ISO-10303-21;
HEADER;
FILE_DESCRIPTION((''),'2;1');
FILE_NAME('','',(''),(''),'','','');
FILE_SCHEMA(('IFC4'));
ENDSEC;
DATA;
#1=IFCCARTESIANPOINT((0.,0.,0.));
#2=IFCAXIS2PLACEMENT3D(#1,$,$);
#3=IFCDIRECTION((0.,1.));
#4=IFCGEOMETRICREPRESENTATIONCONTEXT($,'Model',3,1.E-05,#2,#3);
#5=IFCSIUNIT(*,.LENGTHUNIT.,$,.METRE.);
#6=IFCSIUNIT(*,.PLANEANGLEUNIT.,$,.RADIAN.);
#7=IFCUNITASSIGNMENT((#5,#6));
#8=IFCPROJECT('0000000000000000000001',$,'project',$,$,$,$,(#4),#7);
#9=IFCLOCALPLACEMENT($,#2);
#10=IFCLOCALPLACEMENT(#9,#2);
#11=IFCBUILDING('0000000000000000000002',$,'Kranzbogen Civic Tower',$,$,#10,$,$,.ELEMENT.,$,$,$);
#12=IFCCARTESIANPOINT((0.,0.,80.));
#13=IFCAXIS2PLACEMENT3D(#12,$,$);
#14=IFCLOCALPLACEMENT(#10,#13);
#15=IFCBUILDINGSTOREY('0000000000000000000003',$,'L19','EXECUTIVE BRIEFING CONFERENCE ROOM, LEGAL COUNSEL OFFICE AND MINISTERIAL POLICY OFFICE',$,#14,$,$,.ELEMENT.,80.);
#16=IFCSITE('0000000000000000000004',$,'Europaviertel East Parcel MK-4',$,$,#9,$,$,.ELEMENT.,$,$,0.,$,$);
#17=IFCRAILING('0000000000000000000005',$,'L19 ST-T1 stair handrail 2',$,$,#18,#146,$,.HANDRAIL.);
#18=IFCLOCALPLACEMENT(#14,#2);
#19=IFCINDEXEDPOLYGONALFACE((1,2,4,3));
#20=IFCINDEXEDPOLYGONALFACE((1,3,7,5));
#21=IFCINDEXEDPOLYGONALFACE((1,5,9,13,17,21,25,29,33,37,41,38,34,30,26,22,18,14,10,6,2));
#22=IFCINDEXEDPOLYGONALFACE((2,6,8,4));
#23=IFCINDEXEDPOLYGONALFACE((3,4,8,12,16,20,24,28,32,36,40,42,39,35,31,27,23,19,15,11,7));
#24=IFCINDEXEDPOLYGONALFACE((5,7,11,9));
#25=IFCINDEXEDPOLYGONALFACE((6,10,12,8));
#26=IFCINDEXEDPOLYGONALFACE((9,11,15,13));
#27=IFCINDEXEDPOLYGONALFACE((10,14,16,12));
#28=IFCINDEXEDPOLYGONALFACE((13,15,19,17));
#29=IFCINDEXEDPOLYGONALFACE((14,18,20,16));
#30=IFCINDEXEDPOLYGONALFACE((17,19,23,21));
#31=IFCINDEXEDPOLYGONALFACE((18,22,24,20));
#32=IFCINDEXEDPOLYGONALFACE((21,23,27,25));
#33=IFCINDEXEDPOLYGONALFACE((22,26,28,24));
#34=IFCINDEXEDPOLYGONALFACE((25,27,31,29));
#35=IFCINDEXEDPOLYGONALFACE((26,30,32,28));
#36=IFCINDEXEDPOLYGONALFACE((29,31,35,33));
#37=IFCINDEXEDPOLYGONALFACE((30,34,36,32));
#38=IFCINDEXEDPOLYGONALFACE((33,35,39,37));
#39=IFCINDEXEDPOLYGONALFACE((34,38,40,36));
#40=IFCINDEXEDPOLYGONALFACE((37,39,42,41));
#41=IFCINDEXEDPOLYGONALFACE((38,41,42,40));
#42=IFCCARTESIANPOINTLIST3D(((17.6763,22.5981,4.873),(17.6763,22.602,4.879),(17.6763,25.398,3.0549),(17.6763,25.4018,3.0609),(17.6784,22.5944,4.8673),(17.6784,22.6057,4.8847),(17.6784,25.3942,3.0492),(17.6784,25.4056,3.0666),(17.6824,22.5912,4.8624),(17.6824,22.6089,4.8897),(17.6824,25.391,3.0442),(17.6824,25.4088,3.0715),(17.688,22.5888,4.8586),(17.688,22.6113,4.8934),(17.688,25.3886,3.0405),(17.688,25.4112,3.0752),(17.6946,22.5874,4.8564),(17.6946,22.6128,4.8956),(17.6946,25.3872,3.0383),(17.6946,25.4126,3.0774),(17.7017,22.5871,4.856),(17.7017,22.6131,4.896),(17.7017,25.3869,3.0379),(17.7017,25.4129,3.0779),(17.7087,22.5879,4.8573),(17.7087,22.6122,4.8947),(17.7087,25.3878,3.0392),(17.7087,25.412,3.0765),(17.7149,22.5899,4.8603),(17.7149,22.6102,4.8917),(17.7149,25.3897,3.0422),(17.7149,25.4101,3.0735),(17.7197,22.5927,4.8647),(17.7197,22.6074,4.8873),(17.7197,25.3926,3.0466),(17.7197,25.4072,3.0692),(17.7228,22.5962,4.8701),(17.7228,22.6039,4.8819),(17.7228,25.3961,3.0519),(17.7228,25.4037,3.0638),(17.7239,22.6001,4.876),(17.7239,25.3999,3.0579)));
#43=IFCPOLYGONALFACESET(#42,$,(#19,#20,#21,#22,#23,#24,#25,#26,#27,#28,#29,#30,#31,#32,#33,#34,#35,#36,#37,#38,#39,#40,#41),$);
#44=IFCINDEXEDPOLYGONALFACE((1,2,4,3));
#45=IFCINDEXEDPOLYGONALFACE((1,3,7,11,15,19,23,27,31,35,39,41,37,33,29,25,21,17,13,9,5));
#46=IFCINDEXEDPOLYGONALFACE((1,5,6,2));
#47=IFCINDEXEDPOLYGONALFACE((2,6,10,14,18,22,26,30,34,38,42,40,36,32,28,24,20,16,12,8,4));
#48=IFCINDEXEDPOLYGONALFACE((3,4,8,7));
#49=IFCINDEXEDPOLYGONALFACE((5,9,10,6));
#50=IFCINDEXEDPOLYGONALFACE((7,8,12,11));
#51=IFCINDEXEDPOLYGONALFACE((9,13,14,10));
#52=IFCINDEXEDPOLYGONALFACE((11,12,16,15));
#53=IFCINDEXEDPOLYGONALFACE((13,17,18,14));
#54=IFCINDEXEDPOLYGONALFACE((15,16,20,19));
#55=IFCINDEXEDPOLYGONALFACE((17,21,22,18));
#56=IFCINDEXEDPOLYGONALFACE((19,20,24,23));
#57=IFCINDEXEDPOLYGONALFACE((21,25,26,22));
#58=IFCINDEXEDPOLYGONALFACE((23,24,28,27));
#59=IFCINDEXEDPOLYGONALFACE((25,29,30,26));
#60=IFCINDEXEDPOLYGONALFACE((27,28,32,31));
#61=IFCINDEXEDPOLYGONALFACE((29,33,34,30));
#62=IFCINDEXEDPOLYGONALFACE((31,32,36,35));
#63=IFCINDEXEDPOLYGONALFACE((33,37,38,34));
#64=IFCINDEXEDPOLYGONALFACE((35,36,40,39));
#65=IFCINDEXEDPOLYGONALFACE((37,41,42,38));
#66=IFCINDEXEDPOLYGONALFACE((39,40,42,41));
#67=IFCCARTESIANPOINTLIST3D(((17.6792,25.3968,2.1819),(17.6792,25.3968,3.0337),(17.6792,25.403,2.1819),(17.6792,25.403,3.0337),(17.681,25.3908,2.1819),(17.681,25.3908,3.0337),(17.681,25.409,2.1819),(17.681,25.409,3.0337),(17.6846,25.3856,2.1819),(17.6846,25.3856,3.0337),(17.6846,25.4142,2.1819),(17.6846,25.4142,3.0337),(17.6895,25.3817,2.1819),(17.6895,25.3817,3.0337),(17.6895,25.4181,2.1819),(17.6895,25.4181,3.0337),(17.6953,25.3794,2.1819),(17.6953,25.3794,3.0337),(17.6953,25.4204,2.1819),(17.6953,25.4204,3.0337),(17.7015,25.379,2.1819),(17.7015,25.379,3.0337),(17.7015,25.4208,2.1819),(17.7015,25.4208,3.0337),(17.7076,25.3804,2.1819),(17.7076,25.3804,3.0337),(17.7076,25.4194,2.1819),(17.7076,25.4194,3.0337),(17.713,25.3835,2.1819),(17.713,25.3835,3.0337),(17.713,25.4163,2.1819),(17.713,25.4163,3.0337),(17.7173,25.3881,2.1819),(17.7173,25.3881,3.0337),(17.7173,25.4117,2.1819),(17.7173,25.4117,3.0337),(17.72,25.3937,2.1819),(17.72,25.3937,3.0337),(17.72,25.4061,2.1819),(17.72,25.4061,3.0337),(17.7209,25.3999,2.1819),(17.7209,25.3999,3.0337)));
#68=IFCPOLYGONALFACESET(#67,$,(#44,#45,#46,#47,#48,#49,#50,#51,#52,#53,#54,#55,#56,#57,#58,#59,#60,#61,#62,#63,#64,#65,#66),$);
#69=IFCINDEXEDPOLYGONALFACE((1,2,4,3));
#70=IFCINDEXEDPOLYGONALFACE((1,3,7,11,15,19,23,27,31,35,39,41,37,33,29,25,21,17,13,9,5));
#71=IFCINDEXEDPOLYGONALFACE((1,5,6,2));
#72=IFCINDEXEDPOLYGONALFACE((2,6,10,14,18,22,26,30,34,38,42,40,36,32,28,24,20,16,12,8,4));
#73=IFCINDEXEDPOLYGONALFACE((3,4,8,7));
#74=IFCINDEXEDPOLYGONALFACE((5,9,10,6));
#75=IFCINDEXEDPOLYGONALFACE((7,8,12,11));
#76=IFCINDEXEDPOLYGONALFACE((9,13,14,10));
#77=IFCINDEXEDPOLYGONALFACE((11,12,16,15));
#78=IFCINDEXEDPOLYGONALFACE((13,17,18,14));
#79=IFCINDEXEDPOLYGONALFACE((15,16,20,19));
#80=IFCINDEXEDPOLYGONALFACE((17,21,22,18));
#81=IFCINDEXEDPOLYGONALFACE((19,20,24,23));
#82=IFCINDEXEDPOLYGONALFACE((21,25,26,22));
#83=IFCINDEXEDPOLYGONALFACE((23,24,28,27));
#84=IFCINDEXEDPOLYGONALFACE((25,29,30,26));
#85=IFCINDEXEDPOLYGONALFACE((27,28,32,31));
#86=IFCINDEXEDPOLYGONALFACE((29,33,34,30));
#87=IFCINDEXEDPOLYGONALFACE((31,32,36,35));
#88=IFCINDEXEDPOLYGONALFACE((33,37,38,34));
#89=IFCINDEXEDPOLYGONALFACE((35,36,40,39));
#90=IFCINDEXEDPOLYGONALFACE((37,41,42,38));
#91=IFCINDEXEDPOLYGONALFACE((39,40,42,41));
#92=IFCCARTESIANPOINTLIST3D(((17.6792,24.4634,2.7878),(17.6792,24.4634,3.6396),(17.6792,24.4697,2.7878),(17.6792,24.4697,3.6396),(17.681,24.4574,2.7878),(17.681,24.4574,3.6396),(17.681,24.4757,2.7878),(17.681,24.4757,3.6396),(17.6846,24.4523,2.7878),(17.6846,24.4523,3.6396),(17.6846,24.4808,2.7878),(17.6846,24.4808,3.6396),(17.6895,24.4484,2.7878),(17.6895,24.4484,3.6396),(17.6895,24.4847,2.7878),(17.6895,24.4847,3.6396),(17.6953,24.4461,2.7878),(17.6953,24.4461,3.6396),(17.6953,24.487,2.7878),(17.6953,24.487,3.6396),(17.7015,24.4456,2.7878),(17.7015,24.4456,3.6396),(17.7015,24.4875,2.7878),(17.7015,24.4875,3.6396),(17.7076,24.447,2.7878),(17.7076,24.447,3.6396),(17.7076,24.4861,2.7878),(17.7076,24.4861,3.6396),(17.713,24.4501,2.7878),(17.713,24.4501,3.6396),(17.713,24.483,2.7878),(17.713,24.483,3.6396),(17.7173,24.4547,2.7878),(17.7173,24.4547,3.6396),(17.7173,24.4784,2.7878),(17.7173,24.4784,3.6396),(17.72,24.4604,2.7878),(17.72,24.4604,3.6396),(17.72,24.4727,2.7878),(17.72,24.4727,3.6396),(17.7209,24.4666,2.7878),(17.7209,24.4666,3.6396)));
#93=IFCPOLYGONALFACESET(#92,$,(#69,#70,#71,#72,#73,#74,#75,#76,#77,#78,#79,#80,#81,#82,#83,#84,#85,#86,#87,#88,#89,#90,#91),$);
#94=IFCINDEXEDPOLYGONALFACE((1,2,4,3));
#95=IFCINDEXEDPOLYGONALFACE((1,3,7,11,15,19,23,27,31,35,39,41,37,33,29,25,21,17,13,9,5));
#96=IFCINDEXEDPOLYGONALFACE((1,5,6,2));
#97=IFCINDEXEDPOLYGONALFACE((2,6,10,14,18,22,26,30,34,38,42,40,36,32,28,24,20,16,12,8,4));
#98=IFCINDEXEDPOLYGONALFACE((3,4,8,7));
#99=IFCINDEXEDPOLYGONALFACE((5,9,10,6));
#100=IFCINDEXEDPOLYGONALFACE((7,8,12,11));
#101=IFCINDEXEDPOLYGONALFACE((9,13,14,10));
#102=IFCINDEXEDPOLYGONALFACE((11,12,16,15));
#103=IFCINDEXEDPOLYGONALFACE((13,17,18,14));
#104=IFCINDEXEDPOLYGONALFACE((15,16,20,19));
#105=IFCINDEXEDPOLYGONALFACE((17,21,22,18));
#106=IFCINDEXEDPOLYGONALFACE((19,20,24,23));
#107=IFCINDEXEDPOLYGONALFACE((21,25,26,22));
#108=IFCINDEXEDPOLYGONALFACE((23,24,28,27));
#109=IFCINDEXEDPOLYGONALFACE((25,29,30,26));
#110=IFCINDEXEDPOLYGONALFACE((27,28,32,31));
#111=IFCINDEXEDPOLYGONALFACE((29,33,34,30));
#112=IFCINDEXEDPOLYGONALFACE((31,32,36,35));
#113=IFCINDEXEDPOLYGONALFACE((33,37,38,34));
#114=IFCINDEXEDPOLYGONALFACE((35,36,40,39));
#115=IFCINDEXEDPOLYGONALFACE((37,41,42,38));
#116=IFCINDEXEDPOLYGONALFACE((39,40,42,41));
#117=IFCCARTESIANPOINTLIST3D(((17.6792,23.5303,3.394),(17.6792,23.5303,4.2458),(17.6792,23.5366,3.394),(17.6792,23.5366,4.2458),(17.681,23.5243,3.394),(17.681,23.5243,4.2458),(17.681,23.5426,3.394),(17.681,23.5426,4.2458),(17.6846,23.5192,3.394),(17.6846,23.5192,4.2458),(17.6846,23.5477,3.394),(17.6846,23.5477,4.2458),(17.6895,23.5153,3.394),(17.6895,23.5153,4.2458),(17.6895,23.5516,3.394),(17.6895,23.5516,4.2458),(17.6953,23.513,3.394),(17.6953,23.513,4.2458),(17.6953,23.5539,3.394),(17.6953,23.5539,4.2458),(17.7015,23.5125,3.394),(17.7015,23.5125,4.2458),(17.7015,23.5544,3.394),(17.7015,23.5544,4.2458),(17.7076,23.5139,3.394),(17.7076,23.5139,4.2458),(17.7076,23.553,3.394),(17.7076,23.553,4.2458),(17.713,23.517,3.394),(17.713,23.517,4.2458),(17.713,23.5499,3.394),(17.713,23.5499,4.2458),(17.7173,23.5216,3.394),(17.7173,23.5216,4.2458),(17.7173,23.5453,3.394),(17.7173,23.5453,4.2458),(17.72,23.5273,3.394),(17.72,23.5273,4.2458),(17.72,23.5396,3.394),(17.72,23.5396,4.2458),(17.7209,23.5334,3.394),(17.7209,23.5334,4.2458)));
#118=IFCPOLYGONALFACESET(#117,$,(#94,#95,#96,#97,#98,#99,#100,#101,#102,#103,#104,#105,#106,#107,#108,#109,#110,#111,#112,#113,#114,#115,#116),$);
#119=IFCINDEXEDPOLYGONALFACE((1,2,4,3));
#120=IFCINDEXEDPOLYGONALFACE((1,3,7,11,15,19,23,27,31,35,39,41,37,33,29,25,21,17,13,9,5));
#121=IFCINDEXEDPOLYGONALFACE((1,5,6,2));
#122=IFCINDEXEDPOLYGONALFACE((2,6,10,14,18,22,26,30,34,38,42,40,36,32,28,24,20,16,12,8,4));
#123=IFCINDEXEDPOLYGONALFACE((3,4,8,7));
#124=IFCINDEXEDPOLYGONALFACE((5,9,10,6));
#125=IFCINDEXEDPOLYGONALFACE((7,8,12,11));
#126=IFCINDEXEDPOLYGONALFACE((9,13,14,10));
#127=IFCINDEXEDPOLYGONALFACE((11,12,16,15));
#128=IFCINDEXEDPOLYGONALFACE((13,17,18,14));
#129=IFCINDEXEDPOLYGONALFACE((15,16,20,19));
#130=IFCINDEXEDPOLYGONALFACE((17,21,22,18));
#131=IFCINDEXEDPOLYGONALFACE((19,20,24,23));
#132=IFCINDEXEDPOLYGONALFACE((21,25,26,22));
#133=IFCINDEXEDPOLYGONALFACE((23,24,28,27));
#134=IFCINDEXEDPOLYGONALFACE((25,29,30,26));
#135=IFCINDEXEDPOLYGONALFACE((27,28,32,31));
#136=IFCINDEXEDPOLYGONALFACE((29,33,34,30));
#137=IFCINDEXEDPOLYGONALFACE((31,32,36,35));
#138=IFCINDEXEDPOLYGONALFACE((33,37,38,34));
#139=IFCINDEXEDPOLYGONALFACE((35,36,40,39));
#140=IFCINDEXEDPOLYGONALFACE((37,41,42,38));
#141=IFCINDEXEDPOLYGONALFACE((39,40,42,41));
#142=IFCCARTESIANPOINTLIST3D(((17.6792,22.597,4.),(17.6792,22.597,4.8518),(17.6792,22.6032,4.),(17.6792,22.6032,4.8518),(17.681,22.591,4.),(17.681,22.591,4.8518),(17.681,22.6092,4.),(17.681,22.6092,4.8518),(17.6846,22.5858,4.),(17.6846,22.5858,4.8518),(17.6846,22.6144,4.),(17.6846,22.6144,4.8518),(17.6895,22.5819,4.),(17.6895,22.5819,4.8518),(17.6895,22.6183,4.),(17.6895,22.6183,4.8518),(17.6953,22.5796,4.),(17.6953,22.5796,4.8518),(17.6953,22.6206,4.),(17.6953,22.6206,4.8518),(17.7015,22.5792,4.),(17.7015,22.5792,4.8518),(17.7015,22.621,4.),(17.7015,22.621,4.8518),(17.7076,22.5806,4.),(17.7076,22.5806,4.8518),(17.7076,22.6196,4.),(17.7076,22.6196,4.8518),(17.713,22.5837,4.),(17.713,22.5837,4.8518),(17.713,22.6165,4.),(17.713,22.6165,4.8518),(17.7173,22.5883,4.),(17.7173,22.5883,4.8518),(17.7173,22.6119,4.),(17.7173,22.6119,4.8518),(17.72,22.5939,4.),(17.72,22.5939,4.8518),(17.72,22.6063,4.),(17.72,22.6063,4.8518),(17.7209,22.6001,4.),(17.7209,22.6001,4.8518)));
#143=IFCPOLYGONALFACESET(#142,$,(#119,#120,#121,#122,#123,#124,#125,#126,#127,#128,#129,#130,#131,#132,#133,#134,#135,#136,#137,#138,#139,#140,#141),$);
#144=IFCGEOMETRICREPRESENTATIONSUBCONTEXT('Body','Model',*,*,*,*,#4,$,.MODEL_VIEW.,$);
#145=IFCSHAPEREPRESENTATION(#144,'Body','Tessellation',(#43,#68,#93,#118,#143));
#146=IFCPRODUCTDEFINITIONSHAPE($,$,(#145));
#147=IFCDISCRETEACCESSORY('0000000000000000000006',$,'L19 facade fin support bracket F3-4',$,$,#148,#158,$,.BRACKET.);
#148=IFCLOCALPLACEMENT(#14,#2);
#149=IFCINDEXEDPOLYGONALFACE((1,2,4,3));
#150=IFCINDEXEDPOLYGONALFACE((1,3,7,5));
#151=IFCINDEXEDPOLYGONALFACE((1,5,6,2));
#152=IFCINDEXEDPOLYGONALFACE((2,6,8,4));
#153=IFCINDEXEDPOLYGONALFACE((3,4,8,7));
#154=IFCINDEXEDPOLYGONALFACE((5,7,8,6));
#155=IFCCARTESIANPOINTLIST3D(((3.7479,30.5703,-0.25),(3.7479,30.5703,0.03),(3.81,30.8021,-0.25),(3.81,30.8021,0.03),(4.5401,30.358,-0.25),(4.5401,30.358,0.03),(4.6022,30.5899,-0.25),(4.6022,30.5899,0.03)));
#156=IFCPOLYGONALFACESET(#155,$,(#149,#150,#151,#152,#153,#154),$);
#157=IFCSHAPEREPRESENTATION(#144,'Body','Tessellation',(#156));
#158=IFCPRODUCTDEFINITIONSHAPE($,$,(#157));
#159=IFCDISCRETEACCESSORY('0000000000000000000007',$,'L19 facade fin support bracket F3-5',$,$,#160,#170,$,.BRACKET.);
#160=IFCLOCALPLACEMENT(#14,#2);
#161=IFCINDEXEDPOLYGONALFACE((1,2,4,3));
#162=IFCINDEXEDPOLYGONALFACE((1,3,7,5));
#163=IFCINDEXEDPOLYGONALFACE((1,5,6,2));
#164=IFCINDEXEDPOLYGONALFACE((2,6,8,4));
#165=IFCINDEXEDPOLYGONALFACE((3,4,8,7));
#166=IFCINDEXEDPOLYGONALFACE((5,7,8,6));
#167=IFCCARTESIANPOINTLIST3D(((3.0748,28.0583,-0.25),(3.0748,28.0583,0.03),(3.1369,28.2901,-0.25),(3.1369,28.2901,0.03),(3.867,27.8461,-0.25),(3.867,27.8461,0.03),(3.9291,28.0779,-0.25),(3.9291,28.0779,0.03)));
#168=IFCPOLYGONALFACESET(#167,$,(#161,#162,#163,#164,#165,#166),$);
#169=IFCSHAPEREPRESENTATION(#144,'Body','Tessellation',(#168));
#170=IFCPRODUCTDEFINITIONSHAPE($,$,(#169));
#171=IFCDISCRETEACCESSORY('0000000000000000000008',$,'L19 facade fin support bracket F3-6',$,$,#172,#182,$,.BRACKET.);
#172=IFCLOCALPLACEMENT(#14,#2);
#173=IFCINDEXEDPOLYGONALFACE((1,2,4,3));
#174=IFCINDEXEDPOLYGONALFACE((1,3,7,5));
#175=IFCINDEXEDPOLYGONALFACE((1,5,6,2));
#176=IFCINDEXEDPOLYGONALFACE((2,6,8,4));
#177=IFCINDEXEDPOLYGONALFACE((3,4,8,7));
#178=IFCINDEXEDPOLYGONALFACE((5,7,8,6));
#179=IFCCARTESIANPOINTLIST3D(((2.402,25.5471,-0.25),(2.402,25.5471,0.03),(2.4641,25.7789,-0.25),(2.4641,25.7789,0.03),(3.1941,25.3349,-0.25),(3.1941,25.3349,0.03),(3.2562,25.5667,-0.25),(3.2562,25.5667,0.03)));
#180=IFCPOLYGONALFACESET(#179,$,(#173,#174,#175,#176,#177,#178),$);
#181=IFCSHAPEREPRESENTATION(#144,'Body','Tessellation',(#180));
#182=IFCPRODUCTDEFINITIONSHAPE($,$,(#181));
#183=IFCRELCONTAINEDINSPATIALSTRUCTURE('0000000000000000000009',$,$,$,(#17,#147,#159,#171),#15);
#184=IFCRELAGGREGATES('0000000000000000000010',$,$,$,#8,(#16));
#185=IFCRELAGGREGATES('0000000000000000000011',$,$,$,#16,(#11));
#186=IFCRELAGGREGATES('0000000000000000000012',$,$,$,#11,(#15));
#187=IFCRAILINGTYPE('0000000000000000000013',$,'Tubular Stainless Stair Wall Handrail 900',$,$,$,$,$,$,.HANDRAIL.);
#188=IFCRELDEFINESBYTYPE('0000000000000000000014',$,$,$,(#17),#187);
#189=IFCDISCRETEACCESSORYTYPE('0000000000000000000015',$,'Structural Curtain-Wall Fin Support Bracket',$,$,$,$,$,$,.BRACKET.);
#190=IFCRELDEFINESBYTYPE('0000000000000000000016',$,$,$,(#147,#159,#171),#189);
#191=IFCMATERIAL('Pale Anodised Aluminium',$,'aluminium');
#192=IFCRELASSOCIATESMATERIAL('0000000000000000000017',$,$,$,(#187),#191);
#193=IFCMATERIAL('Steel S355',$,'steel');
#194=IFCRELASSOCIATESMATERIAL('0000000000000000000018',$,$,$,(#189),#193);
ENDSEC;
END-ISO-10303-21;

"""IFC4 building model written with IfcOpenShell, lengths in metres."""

from ifc_helpers import new_model, si_unit, direction, frame, origin, origin_2d, place, context, subcontext, project, spatial, rectangle, circle, extrude, material, type_object, element, save


model = new_model("IFC4")

# Units and contexts
model_context = context("Model", 3, precision=1e-05, world=origin(), true_north=direction((0.0, 1.0)))
body_context = subcontext(model_context, "Body", "Model", "MODEL_VIEW")
ifc_project = project(units=[si_unit("LENGTHUNIT", "METRE"), si_unit("PLANEANGLEUNIT", "RADIAN")], contexts=[model_context])

# Site, building, storey
site_placement = place(None, origin())
site = spatial("IfcSite", under=ifc_project, at=site_placement, Name="Europaviertel East Parcel MK-4", CompositionType="ELEMENT", RefElevation=0.0)
building_placement = place(site_placement, origin())
building = spatial("IfcBuilding", under=site, at=building_placement, Name="Kranzbogen Civic Tower", CompositionType="ELEMENT")
storey_placement = place(building_placement, frame((0.0, 0.0, 80.0)))
storey = spatial("IfcBuildingStorey", under=building, at=storey_placement, Name="L19", Description="EXECUTIVE BRIEFING CONFERENCE ROOM, LEGAL COUNSEL OFFICE AND MINISTERIAL POLICY OFFICE", CompositionType="ELEMENT", Elevation=80.0)

# Shared definitions
ifc_material_1 = material(Name="Steel S355", Category="steel")

# Shared definitions
ifc_material_2 = material(Name="Pale Anodised Aluminium", Category="aluminium")

# Railing
railing_type_1 = type_object("IfcRailingType", Name="Tubular Stainless Stair Wall Handrail 900", PredefinedType="HANDRAIL", material=ifc_material_2)
railing_1_placement = place(storey_placement, frame((17.7, 25.3999, 2.1819)))
element("IfcRailing", 1, at=railing_1_placement, inside=storey, type_object=railing_type_1, Name="L19 ST-T1 stair handrail 2", PredefinedType="HANDRAIL", context=body_context, shape_type="SweptSolid", body=[
    extrude(circle(Radius=0.0239, at=origin_2d()), frame((0.0, 0.0, 0.876), z_axis=(0.0, -0.838684, 0.544618), x_axis=(1.0, 0.0, 0.0)), (0.0, 0.0, 1.0), 3.3384),
    extrude(circle(Radius=0.021, at=origin_2d()), origin(), (0.0, 0.0, 1.0), 0.8518),
    extrude(circle(Radius=0.021, at=origin_2d()), frame((0.0, -0.9333, 0.606)), (0.0, 0.0, 1.0), 0.8518),
    extrude(circle(Radius=0.021, at=origin_2d()), frame((0.0, -1.8665, 1.2122)), (0.0, 0.0, 1.0), 0.8518),
    extrude(circle(Radius=0.021, at=origin_2d()), frame((0.0, -2.7998, 1.8181)), (0.0, 0.0, 1.0), 0.8518),
])

# Discrete accessories
discrete_accessory_type = type_object("IfcDiscreteAccessoryType", Name="Structural Curtain-Wall Fin Support Bracket", PredefinedType="BRACKET", material=ifc_material_1)
for number, where, z_axis, x_axis, name in (
    (2, (4.175, 30.5801, -0.25), (0.0, 0.0, 1.0), (-0.965926, 0.258819, 0.0), "L19 facade fin support bracket F3-4"),
    (3, (3.502, 28.0681, -0.25), (0.0, 0.0, 1.0), (-0.965926, 0.258819, 0.0), "L19 facade fin support bracket F3-5"),
    (4, (2.8291, 25.5569, -0.25), (0.0, 0.0, 1.0), (-0.965926, 0.258819, 0.0), "L19 facade fin support bracket F3-6"),
):
    element("IfcDiscreteAccessory", number, at=place(storey_placement, frame(where, z_axis=z_axis, x_axis=x_axis)), inside=storey, type_object=discrete_accessory_type, Name=name, PredefinedType="BRACKET", context=body_context, shape_type="SweptSolid", body=[
        extrude(rectangle(XDim=0.8201, YDim=0.24, at=origin_2d()), origin(), (0.0, 0.0, 1.0), 0.28),
    ])

save(model, "model.ifc")
